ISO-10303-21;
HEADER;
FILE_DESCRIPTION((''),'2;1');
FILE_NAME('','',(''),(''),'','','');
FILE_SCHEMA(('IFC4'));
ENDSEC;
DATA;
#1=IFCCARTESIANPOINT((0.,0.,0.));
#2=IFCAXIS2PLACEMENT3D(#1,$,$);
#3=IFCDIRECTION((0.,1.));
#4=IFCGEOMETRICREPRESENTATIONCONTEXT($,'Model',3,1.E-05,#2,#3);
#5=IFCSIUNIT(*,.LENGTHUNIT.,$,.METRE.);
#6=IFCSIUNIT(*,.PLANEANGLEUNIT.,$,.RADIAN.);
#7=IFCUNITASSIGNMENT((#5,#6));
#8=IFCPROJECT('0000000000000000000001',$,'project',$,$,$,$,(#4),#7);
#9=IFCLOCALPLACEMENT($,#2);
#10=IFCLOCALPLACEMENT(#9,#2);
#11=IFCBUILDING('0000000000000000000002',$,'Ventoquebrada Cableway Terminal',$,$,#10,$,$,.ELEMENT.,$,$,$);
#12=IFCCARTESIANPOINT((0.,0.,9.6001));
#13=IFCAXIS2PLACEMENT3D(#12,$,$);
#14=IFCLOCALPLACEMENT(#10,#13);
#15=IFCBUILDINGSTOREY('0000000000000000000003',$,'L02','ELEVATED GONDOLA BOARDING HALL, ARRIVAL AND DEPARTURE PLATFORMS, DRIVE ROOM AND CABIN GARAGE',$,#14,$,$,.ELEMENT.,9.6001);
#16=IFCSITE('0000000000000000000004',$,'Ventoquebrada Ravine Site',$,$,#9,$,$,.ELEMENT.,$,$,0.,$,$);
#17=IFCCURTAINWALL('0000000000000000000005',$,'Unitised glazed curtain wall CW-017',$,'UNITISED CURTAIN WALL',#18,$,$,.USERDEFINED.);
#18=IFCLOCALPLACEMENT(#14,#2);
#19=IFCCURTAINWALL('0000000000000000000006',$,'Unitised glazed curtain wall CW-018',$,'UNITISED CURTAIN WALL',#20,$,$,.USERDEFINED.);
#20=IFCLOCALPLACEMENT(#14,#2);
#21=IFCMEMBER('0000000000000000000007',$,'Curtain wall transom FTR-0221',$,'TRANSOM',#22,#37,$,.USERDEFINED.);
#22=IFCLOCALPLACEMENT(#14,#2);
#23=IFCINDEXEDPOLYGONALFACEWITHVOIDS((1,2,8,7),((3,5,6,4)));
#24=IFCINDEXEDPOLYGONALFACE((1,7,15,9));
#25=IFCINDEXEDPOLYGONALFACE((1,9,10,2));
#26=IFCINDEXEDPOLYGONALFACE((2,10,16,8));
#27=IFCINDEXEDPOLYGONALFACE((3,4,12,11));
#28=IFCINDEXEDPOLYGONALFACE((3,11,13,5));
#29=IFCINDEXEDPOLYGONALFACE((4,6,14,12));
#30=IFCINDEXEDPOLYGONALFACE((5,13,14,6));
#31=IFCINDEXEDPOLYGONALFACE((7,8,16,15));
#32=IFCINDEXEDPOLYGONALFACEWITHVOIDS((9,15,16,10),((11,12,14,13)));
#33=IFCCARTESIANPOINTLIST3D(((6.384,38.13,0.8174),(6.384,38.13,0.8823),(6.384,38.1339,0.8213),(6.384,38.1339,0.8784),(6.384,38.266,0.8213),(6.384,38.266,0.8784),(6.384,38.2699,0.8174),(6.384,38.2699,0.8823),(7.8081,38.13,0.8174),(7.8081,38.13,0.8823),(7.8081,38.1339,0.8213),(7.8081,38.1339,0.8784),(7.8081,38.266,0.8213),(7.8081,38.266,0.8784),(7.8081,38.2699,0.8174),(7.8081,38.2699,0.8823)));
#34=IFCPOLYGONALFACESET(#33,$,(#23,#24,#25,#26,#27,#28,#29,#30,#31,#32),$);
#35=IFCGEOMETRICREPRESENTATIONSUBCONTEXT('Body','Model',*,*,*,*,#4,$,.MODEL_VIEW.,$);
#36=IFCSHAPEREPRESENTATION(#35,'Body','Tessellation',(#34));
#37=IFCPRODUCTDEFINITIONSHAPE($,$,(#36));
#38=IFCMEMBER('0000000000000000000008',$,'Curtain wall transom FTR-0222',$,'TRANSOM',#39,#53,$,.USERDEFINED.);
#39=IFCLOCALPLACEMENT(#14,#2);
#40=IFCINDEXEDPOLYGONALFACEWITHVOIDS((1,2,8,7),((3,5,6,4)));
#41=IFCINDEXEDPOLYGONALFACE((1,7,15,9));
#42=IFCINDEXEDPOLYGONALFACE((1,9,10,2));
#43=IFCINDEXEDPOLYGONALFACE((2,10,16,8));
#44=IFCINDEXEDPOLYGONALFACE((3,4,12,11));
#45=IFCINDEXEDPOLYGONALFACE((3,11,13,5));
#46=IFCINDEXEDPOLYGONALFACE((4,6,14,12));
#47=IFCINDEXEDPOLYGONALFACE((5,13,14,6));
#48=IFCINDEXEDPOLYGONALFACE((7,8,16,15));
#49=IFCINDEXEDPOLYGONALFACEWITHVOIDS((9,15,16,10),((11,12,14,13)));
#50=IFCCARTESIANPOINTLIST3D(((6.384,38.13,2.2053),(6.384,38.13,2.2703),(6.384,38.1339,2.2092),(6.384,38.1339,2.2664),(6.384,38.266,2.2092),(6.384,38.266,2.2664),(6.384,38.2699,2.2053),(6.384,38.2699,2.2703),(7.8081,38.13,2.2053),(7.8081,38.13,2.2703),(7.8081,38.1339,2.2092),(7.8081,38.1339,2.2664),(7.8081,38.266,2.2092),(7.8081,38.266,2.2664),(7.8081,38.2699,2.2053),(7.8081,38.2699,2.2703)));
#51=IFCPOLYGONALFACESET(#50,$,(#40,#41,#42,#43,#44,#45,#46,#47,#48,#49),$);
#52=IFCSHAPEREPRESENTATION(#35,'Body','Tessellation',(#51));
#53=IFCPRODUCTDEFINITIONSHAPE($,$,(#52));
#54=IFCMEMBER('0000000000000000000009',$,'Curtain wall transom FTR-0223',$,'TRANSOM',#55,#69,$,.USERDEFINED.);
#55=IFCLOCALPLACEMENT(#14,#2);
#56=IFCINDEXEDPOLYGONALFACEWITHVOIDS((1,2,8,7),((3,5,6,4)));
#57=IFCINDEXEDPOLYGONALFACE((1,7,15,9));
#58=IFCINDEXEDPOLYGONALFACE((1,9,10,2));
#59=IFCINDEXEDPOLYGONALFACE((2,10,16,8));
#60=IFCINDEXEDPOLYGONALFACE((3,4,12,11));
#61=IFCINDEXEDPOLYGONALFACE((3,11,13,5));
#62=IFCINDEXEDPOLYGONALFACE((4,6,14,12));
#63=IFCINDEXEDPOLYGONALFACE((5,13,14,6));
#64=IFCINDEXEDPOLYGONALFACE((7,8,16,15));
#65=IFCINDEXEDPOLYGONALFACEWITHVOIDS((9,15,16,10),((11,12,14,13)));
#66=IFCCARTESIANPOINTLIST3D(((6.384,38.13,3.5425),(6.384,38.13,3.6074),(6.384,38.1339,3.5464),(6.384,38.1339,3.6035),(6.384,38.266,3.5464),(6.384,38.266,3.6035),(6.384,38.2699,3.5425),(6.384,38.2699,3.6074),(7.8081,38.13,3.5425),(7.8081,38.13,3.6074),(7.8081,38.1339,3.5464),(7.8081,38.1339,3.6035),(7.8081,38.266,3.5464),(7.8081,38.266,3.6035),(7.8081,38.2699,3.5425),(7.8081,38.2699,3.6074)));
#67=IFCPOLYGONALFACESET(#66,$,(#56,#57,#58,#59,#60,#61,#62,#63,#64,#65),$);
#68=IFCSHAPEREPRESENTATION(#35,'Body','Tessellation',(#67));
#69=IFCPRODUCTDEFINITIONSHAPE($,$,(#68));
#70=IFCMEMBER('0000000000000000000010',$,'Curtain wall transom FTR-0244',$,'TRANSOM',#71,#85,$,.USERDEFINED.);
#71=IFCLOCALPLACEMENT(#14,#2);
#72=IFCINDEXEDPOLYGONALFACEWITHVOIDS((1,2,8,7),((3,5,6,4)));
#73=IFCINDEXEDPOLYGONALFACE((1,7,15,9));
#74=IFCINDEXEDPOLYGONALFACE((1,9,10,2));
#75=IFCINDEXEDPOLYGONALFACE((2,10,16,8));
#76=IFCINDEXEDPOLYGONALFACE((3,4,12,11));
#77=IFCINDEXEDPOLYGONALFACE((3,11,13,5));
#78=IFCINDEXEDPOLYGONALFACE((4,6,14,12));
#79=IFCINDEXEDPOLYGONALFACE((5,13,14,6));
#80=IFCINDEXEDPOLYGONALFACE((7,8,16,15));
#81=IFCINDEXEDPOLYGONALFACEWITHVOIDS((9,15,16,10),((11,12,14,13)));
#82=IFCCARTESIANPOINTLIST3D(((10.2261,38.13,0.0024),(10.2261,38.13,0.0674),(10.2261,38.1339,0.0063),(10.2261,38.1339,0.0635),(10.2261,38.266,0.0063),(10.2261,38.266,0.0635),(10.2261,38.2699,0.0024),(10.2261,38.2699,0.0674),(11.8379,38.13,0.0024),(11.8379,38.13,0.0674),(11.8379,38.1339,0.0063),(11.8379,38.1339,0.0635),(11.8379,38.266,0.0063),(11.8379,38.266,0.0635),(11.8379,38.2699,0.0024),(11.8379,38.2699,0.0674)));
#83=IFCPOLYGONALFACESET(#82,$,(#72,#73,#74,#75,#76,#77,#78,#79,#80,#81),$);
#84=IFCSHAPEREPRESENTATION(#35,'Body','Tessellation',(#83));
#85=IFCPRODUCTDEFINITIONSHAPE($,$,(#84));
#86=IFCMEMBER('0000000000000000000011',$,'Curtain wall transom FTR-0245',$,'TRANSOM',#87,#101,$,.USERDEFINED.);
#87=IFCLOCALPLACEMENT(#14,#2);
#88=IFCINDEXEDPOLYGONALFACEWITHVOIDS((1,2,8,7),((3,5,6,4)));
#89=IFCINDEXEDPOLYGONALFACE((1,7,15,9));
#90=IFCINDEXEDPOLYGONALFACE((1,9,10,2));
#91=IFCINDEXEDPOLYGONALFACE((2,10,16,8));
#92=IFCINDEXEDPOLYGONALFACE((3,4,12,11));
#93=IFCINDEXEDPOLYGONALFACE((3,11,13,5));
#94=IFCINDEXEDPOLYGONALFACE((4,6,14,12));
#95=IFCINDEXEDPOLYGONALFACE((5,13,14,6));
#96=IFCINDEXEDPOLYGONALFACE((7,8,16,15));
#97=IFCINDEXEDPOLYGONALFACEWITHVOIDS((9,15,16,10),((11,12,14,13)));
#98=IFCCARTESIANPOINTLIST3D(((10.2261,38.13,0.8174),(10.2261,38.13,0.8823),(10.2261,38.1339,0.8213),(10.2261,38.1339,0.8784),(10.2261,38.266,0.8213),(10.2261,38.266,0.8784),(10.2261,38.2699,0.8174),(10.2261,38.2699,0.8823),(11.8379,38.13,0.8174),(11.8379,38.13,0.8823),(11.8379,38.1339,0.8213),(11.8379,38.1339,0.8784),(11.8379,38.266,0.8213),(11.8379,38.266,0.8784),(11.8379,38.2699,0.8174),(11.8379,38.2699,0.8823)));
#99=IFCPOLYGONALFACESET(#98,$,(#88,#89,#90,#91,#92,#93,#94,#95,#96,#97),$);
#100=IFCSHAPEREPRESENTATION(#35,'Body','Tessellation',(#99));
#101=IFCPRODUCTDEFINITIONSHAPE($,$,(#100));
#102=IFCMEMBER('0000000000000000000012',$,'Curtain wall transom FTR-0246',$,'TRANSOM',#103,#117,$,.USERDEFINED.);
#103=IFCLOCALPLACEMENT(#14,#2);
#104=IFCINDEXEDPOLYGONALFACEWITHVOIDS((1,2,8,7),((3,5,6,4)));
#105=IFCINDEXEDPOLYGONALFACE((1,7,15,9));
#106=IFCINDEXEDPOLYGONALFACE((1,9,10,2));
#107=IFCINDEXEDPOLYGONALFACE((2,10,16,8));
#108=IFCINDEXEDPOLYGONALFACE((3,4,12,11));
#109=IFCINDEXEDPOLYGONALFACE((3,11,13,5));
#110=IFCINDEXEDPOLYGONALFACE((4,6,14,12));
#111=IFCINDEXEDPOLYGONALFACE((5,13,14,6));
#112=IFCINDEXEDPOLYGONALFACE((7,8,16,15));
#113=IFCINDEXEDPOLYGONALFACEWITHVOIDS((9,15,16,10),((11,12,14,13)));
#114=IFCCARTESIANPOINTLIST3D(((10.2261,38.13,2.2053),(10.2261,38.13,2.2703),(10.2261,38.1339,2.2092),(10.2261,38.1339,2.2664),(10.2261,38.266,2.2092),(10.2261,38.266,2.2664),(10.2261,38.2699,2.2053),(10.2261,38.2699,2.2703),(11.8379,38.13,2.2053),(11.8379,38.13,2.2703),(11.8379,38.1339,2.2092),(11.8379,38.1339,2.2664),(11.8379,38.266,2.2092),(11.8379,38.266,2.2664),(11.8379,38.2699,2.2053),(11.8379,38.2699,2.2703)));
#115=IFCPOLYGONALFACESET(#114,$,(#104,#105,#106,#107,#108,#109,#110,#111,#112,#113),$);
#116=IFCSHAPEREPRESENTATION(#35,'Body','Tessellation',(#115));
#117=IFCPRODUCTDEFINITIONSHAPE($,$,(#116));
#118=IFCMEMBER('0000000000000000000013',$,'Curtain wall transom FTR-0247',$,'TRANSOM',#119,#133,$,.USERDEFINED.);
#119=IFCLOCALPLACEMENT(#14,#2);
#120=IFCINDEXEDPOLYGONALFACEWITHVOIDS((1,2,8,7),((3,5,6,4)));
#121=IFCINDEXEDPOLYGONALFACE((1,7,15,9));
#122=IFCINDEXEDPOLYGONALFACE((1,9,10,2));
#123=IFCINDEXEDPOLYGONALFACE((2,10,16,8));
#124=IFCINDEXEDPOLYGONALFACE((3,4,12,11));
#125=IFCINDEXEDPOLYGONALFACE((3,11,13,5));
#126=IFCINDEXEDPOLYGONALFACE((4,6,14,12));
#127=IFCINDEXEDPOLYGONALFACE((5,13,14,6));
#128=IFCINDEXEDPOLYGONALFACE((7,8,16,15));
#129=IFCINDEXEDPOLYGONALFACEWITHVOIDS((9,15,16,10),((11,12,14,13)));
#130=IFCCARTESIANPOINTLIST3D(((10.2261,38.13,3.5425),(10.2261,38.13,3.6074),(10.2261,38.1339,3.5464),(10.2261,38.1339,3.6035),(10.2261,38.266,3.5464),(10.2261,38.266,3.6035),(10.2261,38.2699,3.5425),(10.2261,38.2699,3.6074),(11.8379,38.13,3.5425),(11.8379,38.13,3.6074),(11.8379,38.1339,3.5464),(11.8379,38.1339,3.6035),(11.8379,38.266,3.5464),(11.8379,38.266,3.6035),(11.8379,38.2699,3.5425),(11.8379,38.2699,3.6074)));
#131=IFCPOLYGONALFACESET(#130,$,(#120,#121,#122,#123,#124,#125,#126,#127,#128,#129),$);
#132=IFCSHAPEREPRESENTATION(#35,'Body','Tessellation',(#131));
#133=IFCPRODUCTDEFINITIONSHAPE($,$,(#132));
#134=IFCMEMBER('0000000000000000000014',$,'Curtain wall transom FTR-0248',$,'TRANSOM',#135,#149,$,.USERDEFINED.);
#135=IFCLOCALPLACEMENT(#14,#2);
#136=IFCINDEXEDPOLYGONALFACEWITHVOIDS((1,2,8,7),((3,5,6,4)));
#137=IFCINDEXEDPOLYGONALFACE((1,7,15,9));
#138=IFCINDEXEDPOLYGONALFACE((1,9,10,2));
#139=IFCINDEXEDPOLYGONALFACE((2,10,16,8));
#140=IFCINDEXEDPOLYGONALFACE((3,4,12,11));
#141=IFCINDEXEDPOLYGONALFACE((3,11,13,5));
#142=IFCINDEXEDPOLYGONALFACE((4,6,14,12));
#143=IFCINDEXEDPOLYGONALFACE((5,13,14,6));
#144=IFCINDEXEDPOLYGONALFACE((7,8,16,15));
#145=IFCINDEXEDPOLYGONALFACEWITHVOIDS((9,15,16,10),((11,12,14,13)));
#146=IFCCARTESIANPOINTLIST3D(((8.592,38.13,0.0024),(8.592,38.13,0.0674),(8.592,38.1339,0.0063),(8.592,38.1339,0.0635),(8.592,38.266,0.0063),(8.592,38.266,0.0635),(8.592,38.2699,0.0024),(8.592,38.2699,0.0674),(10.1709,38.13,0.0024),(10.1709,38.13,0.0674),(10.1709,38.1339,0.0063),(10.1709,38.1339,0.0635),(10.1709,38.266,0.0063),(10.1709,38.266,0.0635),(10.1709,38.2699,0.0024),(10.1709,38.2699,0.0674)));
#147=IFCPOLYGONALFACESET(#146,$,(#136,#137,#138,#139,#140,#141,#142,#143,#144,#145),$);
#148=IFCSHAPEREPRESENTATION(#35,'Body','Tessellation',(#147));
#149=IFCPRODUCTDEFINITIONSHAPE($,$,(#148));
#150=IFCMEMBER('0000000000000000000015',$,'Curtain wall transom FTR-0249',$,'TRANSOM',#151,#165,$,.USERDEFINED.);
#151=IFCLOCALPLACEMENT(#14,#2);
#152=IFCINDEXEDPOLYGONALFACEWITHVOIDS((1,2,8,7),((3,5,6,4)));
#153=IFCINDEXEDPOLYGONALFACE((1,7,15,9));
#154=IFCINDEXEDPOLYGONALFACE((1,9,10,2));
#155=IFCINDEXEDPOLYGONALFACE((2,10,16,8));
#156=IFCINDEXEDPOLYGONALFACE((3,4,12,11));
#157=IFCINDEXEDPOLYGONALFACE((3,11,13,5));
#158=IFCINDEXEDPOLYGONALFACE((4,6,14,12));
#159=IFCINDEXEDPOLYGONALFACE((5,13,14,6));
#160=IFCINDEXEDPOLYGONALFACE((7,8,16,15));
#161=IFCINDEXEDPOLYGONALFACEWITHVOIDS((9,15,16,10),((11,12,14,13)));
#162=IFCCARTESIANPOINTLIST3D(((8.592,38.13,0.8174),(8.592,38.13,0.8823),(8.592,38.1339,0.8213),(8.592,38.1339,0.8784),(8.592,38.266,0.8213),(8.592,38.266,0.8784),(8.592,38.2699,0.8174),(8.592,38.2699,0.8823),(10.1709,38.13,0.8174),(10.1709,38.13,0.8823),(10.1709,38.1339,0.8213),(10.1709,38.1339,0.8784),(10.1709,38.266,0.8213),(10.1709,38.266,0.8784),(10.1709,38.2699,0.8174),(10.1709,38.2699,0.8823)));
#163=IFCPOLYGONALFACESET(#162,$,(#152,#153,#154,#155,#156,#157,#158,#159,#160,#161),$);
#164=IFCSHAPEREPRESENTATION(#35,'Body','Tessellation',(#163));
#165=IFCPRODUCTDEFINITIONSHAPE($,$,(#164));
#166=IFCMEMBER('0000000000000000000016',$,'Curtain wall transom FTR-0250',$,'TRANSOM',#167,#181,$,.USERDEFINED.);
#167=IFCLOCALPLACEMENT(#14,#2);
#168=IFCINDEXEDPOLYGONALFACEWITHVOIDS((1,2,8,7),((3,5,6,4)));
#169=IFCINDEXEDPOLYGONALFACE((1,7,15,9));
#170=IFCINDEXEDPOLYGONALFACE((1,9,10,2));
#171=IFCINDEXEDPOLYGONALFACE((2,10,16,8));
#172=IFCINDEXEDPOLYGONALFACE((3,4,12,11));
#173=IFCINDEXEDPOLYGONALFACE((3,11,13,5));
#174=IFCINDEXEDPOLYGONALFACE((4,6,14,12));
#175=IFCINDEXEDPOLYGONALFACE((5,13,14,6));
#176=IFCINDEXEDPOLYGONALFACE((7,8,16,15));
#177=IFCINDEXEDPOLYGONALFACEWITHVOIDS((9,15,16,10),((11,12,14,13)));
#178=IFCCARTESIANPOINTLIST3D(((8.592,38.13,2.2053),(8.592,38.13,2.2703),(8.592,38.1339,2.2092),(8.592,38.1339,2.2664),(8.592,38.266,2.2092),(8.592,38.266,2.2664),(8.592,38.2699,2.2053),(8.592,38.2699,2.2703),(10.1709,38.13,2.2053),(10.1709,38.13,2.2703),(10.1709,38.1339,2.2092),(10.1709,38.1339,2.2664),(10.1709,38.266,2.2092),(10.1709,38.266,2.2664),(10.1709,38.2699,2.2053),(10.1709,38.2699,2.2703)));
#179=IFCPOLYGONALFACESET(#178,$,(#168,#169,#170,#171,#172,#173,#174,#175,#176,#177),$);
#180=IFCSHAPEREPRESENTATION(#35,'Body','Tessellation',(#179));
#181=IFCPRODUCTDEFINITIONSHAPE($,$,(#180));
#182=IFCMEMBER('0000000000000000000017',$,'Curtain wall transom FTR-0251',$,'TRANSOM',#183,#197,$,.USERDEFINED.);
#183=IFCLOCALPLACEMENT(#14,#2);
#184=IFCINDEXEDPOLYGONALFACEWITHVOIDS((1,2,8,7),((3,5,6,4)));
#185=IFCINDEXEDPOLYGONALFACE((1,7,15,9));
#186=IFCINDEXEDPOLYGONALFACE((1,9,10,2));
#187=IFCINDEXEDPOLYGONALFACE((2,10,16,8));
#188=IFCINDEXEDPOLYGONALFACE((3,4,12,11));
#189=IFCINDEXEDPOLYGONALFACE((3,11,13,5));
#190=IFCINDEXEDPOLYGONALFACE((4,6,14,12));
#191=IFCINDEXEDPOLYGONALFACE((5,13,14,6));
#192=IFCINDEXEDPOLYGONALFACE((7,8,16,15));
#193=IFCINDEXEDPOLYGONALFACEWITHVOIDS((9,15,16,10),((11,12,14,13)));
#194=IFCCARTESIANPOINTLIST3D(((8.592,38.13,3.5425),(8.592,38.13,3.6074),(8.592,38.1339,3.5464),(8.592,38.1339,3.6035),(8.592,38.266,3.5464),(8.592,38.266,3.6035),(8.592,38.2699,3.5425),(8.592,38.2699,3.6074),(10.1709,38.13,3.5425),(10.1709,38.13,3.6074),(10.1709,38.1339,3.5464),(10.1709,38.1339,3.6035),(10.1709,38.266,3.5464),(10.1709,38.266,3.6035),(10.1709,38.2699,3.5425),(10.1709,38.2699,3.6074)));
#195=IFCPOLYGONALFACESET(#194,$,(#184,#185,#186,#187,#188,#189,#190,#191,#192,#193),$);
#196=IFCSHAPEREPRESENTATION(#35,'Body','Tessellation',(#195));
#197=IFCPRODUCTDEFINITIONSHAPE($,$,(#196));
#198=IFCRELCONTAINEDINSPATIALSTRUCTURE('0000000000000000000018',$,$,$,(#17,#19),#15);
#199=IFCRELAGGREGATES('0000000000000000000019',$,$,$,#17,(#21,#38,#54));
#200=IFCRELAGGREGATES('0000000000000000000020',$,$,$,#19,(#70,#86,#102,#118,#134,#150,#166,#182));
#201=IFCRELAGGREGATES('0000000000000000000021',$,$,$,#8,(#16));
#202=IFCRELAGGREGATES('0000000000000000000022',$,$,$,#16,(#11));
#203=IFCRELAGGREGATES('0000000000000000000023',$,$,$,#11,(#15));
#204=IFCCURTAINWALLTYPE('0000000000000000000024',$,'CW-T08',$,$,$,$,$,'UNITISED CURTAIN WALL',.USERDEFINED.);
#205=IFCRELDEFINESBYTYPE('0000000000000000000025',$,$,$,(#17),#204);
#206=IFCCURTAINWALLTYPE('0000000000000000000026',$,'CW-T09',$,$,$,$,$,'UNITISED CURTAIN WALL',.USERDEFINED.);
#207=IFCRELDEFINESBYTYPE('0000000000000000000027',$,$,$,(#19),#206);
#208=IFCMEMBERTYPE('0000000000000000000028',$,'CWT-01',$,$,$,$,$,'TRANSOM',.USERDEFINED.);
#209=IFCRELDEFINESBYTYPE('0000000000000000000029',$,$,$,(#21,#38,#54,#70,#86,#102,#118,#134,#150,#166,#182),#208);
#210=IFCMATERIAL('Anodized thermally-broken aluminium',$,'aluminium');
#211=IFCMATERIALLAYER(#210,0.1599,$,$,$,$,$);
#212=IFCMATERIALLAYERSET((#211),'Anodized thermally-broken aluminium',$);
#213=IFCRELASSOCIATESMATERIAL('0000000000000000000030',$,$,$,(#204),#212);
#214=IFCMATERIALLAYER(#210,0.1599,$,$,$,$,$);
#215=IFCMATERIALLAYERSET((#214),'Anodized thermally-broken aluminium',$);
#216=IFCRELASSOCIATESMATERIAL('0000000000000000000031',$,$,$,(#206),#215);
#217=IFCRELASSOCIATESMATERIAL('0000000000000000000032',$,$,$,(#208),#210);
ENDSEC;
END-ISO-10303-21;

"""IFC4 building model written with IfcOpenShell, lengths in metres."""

from ifc_helpers import new_model, si_unit, direction, frame, origin, origin_2d, place, context, subcontext, project, spatial, hollow_rectangle, extrude, material, layer, layer_set, material_profile, profile_set, type_object, element, aggregate, save


model = new_model("IFC4")

# Units and contexts
model_context = context("Model", 3, precision=1e-05, world=origin(), true_north=direction((0.0, 1.0)))
body_context = subcontext(model_context, "Body", "Model", "MODEL_VIEW")
ifc_project = project(units=[si_unit("LENGTHUNIT", "METRE"), si_unit("PLANEANGLEUNIT", "RADIAN")], contexts=[model_context])

# Site, building, storey
site_placement = place(None, origin())
site = spatial("IfcSite", under=ifc_project, at=site_placement, Name="Ventoquebrada Ravine Site", CompositionType="ELEMENT", RefElevation=0.0)
building_placement = place(site_placement, origin())
building = spatial("IfcBuilding", under=site, at=building_placement, Name="Ventoquebrada Cableway Terminal", CompositionType="ELEMENT")
storey_placement = place(building_placement, frame((0.0, 0.0, 9.6001)))
storey = spatial("IfcBuildingStorey", under=building, at=storey_placement, Name="L02", Description="ELEVATED GONDOLA BOARDING HALL, ARRIVAL AND DEPARTURE PLATFORMS, DRIVE ROOM AND CABIN GARAGE", CompositionType="ELEMENT", Elevation=9.6001)

# Curtain wall
ifc_material_1 = material(Name="Anodized thermally-broken aluminium", Category="aluminium")
ifc_layer_1 = layer(ifc_material_1, 0.1599)
ifc_layer_set_1 = layer_set([ifc_layer_1], Name="Anodized thermally-broken aluminium")
curtain_wall_type_1 = type_object("IfcCurtainWallType", Name="CW-T08", ElementType="UNITISED CURTAIN WALL", PredefinedType="USERDEFINED", material=ifc_layer_set_1)
curtain_wall_1_placement = place(storey_placement, origin())
curtain_wall_1 = element("IfcCurtainWall", 1, at=curtain_wall_1_placement, inside=storey, type_object=curtain_wall_type_1, Name="Unitised glazed curtain wall CW-017", ObjectType="UNITISED CURTAIN WALL", PredefinedType="USERDEFINED")

# Curtain wall
ifc_layer_2 = layer(ifc_material_1, 0.1599)
ifc_layer_set_2 = layer_set([ifc_layer_2], Name="Anodized thermally-broken aluminium")
curtain_wall_type_2 = type_object("IfcCurtainWallType", Name="CW-T09", ElementType="UNITISED CURTAIN WALL", PredefinedType="USERDEFINED", material=ifc_layer_set_2)
curtain_wall_2_placement = place(storey_placement, origin())
curtain_wall_2 = element("IfcCurtainWall", 2, at=curtain_wall_2_placement, inside=storey, type_object=curtain_wall_type_2, Name="Unitised glazed curtain wall CW-018", ObjectType="UNITISED CURTAIN WALL", PredefinedType="USERDEFINED")

# Members
ifc_material_profile_1 = material_profile(ifc_material_1, hollow_rectangle(XDim=0.0649, YDim=0.1399, WallThickness=0.0039, at=origin_2d()), Name="CW-TRN-65X140")
ifc_profile_set_1 = profile_set([ifc_material_profile_1], Name="Anodized thermally-broken aluminium")
member_type_1 = type_object("IfcMemberType", Name="CWT-01", ElementType="TRANSOM", PredefinedType="USERDEFINED", material=ifc_profile_set_1)
member_1_placement = place(storey_placement, frame((7.8081, 38.2, 0.8499), z_axis=(-1.0, 0.0, 0.0), x_axis=(0.0, 0.0, 1.0)))
member_1 = element("IfcMember", 3, at=member_1_placement, type_object=member_type_1, Name="Curtain wall transom FTR-0221", ObjectType="TRANSOM", PredefinedType="USERDEFINED", context=body_context, shape_type="SweptSolid", body=[
    extrude(hollow_rectangle(XDim=0.0649, YDim=0.1399, WallThickness=0.0039, at=origin_2d()), origin(), (0.0, 0.0, 1.0), 1.4241),
])
member_2_placement = place(storey_placement, frame((7.8081, 38.2, 2.2378), z_axis=(-1.0, 0.0, 0.0), x_axis=(0.0, 0.0, 1.0)))
member_2 = element("IfcMember", 4, at=member_2_placement, type_object=member_type_1, Name="Curtain wall transom FTR-0222", ObjectType="TRANSOM", PredefinedType="USERDEFINED", context=body_context, shape_type="SweptSolid", body=[
    extrude(hollow_rectangle(XDim=0.0649, YDim=0.1399, WallThickness=0.0039, at=origin_2d()), origin(), (0.0, 0.0, 1.0), 1.4241),
])
member_3_placement = place(storey_placement, frame((7.8081, 38.2, 3.575), z_axis=(-1.0, 0.0, 0.0), x_axis=(0.0, 0.0, 1.0)))
member_3 = element("IfcMember", 5, at=member_3_placement, type_object=member_type_1, Name="Curtain wall transom FTR-0223", ObjectType="TRANSOM", PredefinedType="USERDEFINED", context=body_context, shape_type="SweptSolid", body=[
    extrude(hollow_rectangle(XDim=0.0649, YDim=0.1399, WallThickness=0.0039, at=origin_2d()), origin(), (0.0, 0.0, 1.0), 1.4241),
])
aggregate(curtain_wall_1, [member_1, member_2, member_3])
member_4_placement = place(storey_placement, frame((11.8379, 38.2, 0.0349), z_axis=(-1.0, 0.0, 0.0), x_axis=(0.0, 0.0, 1.0)))
member_4 = element("IfcMember", 6, at=member_4_placement, type_object=member_type_1, Name="Curtain wall transom FTR-0244", ObjectType="TRANSOM", PredefinedType="USERDEFINED", context=body_context, shape_type="SweptSolid", body=[
    extrude(hollow_rectangle(XDim=0.0649, YDim=0.1399, WallThickness=0.0039, at=origin_2d()), origin(), (0.0, 0.0, 1.0), 1.6118),
])
member_5_placement = place(storey_placement, frame((11.8379, 38.2, 0.8499), z_axis=(-1.0, 0.0, 0.0), x_axis=(0.0, 0.0, 1.0)))
member_5 = element("IfcMember", 7, at=member_5_placement, type_object=member_type_1, Name="Curtain wall transom FTR-0245", ObjectType="TRANSOM", PredefinedType="USERDEFINED", context=body_context, shape_type="SweptSolid", body=[
    extrude(hollow_rectangle(XDim=0.0649, YDim=0.1399, WallThickness=0.0039, at=origin_2d()), origin(), (0.0, 0.0, 1.0), 1.6118),
])
member_6_placement = place(storey_placement, frame((11.8379, 38.2, 2.2378), z_axis=(-1.0, 0.0, 0.0), x_axis=(0.0, 0.0, 1.0)))
member_6 = element("IfcMember", 8, at=member_6_placement, type_object=member_type_1, Name="Curtain wall transom FTR-0246", ObjectType="TRANSOM", PredefinedType="USERDEFINED", context=body_context, shape_type="SweptSolid", body=[
    extrude(hollow_rectangle(XDim=0.0649, YDim=0.1399, WallThickness=0.0039, at=origin_2d()), origin(), (0.0, 0.0, 1.0), 1.6118),
])
member_7_placement = place(storey_placement, frame((11.8379, 38.2, 3.575), z_axis=(-1.0, 0.0, 0.0), x_axis=(0.0, 0.0, 1.0)))
member_7 = element("IfcMember", 9, at=member_7_placement, type_object=member_type_1, Name="Curtain wall transom FTR-0247", ObjectType="TRANSOM", PredefinedType="USERDEFINED", context=body_context, shape_type="SweptSolid", body=[
    extrude(hollow_rectangle(XDim=0.0649, YDim=0.1399, WallThickness=0.0039, at=origin_2d()), origin(), (0.0, 0.0, 1.0), 1.6118),
])
member_8_placement = place(storey_placement, frame((10.1709, 38.2, 0.0349), z_axis=(-1.0, 0.0, 0.0), x_axis=(0.0, 0.0, 1.0)))
member_8 = element("IfcMember", 10, at=member_8_placement, type_object=member_type_1, Name="Curtain wall transom FTR-0248", ObjectType="TRANSOM", PredefinedType="USERDEFINED", context=body_context, shape_type="SweptSolid", body=[
    extrude(hollow_rectangle(XDim=0.0649, YDim=0.1399, WallThickness=0.0039, at=origin_2d()), origin(), (0.0, 0.0, 1.0), 1.5789),
])
member_9_placement = place(storey_placement, frame((10.1709, 38.2, 0.8499), z_axis=(-1.0, 0.0, 0.0), x_axis=(0.0, 0.0, 1.0)))
member_9 = element("IfcMember", 11, at=member_9_placement, type_object=member_type_1, Name="Curtain wall transom FTR-0249", ObjectType="TRANSOM", PredefinedType="USERDEFINED", context=body_context, shape_type="SweptSolid", body=[
    extrude(hollow_rectangle(XDim=0.0649, YDim=0.1399, WallThickness=0.0039, at=origin_2d()), origin(), (0.0, 0.0, 1.0), 1.5789),
])
member_10_placement = place(storey_placement, frame((10.1709, 38.2, 2.2378), z_axis=(-1.0, 0.0, 0.0), x_axis=(0.0, 0.0, 1.0)))
member_10 = element("IfcMember", 12, at=member_10_placement, type_object=member_type_1, Name="Curtain wall transom FTR-0250", ObjectType="TRANSOM", PredefinedType="USERDEFINED", context=body_context, shape_type="SweptSolid", body=[
    extrude(hollow_rectangle(XDim=0.0649, YDim=0.1399, WallThickness=0.0039, at=origin_2d()), origin(), (0.0, 0.0, 1.0), 1.5789),
])
member_11_placement = place(storey_placement, frame((10.1709, 38.2, 3.575), z_axis=(-1.0, 0.0, 0.0), x_axis=(0.0, 0.0, 1.0)))
member_11 = element("IfcMember", 13, at=member_11_placement, type_object=member_type_1, Name="Curtain wall transom FTR-0251", ObjectType="TRANSOM", PredefinedType="USERDEFINED", context=body_context, shape_type="SweptSolid", body=[
    extrude(hollow_rectangle(XDim=0.0649, YDim=0.1399, WallThickness=0.0039, at=origin_2d()), origin(), (0.0, 0.0, 1.0), 1.5789),
])

aggregate(curtain_wall_2, [member_4, member_5, member_6, member_7, member_8, member_9, member_10, member_11])

save(model, "model.ifc")
